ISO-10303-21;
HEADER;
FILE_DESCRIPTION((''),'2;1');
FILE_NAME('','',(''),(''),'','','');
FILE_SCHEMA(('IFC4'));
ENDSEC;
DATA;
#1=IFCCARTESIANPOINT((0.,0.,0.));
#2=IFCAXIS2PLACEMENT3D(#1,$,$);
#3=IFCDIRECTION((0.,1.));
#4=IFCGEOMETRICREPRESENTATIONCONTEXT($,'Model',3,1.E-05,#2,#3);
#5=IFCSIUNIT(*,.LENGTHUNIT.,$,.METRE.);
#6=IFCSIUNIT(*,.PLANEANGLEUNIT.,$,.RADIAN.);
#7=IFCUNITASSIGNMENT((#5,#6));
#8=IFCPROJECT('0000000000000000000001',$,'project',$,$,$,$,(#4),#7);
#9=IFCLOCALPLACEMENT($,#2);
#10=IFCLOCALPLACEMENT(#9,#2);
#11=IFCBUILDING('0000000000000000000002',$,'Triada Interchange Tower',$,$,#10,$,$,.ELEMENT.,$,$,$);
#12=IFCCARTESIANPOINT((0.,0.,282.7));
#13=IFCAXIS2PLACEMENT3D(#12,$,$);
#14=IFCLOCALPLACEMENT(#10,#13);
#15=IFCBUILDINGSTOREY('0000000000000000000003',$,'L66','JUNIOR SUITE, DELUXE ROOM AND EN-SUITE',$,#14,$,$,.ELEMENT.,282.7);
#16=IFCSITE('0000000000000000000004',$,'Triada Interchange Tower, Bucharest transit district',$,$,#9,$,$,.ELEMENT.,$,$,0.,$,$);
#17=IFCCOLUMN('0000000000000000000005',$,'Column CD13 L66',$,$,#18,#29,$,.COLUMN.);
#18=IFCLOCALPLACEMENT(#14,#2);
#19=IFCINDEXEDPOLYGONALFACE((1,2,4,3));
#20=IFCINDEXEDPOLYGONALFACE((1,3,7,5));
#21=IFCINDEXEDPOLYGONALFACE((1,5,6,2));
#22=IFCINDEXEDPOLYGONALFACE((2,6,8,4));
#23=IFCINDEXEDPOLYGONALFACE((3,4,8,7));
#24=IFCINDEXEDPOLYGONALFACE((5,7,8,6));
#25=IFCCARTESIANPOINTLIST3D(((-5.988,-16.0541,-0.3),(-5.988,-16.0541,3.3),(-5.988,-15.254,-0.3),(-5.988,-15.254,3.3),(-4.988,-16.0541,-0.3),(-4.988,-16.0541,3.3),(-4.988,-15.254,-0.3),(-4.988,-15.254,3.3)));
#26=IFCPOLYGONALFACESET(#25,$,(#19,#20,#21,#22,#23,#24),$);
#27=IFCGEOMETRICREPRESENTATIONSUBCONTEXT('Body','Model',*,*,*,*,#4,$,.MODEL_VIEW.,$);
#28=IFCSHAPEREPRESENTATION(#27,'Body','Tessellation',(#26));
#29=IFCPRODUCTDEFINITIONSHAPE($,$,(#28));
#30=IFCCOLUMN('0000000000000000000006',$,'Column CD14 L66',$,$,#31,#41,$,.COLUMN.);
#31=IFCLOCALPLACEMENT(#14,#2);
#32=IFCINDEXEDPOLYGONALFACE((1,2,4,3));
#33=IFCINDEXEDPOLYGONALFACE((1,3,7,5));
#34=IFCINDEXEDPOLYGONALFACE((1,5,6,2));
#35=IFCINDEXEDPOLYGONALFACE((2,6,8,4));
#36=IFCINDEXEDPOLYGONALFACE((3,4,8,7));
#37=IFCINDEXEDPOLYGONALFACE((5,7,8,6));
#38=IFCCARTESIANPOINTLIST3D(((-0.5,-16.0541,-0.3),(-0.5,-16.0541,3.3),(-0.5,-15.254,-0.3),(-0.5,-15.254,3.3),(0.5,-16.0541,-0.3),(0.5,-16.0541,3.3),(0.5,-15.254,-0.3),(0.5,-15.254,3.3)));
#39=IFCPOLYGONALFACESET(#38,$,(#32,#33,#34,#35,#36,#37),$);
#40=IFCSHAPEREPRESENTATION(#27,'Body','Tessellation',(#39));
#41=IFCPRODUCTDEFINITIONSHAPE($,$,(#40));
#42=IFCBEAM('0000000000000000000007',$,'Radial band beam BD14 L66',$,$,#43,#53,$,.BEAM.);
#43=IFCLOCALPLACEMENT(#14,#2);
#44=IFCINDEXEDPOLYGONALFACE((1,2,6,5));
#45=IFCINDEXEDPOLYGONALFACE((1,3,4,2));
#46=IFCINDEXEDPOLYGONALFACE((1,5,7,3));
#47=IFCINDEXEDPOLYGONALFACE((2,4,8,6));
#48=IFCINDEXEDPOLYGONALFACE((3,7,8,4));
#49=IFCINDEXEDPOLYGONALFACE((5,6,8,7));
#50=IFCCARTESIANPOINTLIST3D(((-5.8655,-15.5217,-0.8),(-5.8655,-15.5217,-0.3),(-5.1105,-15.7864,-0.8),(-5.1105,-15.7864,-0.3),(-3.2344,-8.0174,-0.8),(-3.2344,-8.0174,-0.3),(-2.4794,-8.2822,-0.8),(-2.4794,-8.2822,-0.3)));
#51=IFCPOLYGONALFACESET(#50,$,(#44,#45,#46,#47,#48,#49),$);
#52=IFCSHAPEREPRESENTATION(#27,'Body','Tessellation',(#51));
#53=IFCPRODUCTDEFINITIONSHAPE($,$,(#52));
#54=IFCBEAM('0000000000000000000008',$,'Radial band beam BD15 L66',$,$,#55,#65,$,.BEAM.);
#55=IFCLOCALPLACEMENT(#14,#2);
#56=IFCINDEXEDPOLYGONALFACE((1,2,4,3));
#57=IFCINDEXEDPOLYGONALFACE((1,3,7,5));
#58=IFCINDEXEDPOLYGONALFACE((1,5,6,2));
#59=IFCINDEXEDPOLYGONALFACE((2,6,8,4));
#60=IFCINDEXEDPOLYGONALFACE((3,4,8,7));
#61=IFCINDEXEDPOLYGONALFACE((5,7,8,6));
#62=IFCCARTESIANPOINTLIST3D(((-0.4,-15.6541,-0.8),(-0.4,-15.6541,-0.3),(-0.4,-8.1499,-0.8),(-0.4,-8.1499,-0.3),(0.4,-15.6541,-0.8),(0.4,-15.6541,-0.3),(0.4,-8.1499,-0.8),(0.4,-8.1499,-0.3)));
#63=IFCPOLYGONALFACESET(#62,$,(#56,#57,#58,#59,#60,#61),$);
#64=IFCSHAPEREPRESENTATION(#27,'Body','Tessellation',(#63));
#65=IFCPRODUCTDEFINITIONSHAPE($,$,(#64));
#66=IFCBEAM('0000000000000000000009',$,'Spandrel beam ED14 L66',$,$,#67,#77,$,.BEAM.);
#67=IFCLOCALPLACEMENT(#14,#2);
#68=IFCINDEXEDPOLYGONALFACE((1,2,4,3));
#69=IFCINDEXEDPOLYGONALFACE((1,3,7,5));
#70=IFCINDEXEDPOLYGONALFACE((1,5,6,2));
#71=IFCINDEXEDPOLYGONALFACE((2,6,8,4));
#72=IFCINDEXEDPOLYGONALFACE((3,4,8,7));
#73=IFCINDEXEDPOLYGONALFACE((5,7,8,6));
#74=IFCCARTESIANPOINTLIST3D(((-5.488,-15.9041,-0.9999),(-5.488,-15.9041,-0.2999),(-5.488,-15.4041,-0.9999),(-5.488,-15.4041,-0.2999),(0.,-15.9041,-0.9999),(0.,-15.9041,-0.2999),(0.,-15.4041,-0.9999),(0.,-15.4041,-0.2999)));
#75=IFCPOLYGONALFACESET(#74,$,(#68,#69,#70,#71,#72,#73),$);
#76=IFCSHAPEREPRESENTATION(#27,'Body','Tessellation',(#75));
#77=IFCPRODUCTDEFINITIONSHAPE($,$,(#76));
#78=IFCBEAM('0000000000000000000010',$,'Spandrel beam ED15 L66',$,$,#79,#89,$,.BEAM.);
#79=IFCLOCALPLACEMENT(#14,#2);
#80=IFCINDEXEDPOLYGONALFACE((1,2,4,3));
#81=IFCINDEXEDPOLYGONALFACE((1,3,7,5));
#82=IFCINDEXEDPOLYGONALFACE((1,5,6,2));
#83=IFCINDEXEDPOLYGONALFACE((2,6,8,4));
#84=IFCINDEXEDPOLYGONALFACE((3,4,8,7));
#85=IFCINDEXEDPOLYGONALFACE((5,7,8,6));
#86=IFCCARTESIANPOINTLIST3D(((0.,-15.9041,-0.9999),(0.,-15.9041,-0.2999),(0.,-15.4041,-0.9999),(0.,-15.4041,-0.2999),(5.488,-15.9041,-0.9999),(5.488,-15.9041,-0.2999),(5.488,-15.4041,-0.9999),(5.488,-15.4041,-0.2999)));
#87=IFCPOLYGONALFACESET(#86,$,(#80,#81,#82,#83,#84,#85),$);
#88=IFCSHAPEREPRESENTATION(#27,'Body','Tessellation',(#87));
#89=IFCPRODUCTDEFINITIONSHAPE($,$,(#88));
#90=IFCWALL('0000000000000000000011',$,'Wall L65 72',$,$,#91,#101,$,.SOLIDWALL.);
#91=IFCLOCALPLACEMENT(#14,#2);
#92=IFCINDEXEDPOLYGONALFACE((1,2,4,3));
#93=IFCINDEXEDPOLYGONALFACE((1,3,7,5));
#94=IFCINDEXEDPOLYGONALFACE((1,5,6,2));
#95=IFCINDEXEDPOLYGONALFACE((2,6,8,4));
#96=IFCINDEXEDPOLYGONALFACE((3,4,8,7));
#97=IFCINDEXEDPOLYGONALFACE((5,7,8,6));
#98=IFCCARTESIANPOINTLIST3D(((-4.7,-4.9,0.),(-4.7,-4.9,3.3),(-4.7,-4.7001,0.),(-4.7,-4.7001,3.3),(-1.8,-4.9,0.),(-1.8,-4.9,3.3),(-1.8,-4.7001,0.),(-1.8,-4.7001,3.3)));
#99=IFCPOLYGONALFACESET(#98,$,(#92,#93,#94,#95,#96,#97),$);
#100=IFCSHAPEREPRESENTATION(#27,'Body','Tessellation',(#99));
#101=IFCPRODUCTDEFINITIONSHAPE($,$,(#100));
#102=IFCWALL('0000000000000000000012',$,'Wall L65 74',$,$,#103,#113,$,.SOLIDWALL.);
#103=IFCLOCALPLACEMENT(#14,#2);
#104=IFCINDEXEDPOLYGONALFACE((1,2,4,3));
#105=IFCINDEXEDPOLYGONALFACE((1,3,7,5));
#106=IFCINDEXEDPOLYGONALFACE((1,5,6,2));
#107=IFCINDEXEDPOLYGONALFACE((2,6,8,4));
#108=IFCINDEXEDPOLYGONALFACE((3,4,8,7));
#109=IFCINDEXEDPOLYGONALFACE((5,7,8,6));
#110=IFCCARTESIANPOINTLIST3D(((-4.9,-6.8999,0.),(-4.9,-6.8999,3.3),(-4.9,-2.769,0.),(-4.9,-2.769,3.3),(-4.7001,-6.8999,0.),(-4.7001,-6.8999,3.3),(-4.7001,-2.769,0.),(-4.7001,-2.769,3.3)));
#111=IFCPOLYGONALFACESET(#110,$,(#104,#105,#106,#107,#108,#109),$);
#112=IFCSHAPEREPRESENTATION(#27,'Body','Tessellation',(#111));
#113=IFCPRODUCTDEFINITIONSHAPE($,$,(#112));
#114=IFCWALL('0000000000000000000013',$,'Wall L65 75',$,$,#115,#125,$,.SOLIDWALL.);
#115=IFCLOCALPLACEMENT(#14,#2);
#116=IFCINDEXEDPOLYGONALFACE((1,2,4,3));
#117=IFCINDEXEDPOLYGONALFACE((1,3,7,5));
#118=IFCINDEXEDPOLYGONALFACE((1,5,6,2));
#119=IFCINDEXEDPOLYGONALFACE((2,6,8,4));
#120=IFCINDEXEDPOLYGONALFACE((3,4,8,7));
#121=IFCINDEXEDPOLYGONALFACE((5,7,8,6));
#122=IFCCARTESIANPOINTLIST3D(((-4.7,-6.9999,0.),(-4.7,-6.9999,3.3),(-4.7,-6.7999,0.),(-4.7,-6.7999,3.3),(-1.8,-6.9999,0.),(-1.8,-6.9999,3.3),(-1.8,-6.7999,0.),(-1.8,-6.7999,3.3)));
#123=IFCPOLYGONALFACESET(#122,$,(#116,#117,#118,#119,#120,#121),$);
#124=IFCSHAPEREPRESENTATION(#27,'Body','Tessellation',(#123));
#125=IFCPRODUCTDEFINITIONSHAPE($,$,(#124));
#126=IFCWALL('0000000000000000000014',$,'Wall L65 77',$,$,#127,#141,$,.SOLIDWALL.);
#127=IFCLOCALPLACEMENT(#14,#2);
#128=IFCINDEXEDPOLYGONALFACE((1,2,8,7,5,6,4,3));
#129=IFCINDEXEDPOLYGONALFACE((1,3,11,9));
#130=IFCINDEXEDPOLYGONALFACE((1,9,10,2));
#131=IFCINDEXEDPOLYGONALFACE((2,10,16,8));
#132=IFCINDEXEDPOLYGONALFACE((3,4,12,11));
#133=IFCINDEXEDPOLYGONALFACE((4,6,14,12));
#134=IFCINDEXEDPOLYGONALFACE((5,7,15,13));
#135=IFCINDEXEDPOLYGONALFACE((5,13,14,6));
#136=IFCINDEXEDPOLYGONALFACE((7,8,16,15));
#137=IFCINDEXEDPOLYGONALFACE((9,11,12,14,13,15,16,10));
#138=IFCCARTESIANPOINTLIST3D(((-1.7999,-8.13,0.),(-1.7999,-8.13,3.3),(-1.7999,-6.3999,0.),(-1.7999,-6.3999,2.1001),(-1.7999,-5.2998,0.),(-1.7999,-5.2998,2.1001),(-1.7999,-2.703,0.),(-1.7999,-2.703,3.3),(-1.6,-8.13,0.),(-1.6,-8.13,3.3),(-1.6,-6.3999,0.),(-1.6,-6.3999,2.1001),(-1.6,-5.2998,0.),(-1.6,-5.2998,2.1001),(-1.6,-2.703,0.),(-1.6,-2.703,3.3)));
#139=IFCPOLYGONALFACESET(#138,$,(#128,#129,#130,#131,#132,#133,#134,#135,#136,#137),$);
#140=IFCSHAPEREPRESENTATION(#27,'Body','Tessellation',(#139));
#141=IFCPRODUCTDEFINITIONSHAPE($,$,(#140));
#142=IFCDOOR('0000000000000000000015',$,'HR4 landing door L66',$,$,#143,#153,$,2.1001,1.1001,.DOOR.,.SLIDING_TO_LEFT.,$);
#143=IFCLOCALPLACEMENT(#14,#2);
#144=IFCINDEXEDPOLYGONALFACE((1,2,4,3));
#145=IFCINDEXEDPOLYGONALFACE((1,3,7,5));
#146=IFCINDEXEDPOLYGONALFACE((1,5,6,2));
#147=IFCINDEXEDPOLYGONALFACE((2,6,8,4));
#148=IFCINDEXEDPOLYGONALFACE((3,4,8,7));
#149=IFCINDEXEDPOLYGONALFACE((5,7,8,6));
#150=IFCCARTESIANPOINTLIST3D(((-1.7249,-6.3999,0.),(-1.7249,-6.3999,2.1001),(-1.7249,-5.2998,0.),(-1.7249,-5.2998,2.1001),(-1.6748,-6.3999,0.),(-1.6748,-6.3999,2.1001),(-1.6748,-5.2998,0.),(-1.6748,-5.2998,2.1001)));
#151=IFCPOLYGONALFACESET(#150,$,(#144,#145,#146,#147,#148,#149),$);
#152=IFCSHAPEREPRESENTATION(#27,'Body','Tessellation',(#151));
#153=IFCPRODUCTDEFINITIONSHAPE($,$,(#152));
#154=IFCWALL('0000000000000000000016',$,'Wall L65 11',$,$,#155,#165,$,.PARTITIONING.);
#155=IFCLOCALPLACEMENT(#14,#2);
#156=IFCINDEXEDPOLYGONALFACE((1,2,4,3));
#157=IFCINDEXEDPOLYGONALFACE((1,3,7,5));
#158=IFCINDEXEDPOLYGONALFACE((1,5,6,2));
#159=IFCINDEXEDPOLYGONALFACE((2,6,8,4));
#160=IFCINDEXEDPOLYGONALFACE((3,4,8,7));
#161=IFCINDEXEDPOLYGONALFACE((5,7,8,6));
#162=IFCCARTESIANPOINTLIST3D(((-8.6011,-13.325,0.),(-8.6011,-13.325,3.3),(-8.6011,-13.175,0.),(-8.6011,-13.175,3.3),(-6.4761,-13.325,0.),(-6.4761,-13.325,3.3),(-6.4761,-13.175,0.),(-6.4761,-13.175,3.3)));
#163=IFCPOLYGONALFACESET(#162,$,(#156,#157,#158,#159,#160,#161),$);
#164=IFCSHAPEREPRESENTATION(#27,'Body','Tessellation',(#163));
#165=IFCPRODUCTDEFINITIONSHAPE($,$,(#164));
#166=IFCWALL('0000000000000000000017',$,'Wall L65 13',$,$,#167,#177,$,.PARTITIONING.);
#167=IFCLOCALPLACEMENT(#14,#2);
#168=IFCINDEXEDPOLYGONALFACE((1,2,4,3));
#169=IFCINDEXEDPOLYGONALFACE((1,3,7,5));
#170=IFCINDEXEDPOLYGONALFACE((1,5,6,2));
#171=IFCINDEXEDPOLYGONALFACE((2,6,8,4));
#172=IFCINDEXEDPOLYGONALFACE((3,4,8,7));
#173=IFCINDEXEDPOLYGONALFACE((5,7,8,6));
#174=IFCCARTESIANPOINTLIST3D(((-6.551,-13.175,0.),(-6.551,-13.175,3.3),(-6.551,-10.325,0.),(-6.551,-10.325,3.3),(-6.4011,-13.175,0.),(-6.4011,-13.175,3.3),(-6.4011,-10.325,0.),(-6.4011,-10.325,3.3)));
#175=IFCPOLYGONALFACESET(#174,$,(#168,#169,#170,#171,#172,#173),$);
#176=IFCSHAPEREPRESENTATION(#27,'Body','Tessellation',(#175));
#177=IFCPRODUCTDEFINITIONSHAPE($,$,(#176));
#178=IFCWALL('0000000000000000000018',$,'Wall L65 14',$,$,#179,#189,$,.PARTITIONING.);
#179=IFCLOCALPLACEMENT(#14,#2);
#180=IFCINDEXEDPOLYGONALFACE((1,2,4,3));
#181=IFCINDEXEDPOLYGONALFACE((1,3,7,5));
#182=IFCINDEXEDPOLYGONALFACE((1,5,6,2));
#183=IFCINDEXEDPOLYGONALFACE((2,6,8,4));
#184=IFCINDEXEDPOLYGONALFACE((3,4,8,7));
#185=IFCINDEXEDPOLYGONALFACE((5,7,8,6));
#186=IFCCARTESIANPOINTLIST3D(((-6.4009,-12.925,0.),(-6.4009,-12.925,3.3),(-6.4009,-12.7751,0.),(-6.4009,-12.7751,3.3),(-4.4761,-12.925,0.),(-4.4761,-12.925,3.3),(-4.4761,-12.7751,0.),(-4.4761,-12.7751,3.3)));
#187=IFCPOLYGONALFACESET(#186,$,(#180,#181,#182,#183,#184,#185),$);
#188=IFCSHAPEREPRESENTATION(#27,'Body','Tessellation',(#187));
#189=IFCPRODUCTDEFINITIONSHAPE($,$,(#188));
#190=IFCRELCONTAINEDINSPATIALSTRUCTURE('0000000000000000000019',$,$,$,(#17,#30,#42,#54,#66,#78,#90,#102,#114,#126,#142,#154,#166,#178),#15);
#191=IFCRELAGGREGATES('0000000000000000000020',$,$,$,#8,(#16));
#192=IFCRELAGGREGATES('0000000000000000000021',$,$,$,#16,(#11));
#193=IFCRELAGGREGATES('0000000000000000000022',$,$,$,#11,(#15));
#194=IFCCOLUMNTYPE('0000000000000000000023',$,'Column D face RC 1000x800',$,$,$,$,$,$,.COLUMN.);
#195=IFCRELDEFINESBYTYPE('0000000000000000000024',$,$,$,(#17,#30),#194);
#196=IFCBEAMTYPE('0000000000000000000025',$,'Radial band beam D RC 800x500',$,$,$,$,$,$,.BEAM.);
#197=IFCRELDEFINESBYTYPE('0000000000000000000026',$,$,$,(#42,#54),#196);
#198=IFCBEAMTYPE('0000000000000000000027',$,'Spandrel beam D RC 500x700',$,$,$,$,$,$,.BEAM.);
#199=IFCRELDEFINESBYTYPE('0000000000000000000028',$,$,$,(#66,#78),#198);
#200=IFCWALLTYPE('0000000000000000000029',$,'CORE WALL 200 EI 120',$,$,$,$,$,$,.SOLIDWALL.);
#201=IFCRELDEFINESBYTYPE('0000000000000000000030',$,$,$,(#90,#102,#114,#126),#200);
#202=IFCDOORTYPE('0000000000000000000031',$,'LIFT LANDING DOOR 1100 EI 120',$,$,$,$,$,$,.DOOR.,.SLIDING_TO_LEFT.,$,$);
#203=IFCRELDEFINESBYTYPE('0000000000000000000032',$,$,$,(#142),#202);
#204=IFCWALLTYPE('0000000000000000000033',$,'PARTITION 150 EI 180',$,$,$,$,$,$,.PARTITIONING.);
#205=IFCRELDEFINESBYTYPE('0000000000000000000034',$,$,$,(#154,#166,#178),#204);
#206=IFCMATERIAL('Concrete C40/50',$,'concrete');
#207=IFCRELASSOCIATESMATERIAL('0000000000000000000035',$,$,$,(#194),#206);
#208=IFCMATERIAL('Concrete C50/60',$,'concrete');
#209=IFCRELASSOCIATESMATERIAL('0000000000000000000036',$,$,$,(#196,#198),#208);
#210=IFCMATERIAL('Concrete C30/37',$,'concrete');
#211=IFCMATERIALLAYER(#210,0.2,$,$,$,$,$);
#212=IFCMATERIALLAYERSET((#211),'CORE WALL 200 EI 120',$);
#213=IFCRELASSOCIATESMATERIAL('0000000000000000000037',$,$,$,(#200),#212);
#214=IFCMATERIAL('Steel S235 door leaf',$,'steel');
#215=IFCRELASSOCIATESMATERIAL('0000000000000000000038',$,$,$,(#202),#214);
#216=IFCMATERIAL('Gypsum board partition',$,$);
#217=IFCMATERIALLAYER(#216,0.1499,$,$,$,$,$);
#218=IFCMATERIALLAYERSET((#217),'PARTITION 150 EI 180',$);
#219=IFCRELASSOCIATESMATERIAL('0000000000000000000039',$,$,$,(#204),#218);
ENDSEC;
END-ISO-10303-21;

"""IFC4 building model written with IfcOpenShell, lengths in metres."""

from ifc_helpers import new_model, si_unit, direction, frame, frame_2d, origin, origin_2d, place, context, subcontext, project, spatial, rectangle, extrude, material, layer, layer_set, material_profile, profile_set, type_object, element, fill, save


model = new_model("IFC4")

# Units and contexts
model_context = context("Model", 3, precision=1e-05, world=origin(), true_north=direction((0.0, 1.0)))
body_context = subcontext(model_context, "Body", "Model", "MODEL_VIEW")
ifc_project = project(units=[si_unit("LENGTHUNIT", "METRE"), si_unit("PLANEANGLEUNIT", "RADIAN")], contexts=[model_context])

# Site, building, storey
site_placement = place(None, origin())
site = spatial("IfcSite", under=ifc_project, at=site_placement, Name="Triada Interchange Tower, Bucharest transit district", CompositionType="ELEMENT", RefElevation=0.0)
building_placement = place(site_placement, origin())
building = spatial("IfcBuilding", under=site, at=building_placement, Name="Triada Interchange Tower", CompositionType="ELEMENT")
storey_placement = place(building_placement, frame((0.0, 0.0, 282.7)))
storey = spatial("IfcBuildingStorey", under=building, at=storey_placement, Name="L66", Description="JUNIOR SUITE, DELUXE ROOM AND EN-SUITE", CompositionType="ELEMENT", Elevation=282.7)

# Columns
ifc_material_1 = material(Name="Concrete C40/50", Category="concrete")
ifc_material_profile_1 = material_profile(ifc_material_1, rectangle(XDim=1.0, YDim=0.8, at=origin_2d()), Name="RC 1000x800")
ifc_profile_set_1 = profile_set([ifc_material_profile_1], Name="Concrete C40/50")
column_type = type_object("IfcColumnType", Name="Column D face RC 1000x800", PredefinedType="COLUMN", material=ifc_profile_set_1)
for number, where, z_axis, x_axis, name in (
    (1, (-5.488, -15.6541, -0.3), (0.0, 0.0, 1.0), (1.0, 0.0, 0.0), "Column CD13 L66"),
    (2, (0.0, -15.6541, -0.3), (0.0, 0.0, 1.0), (1.0, 0.0, 0.0), "Column CD14 L66"),
):
    element("IfcColumn", number, at=place(storey_placement, frame(where, z_axis=z_axis, x_axis=x_axis)), inside=storey, type_object=column_type, Name=name, PredefinedType="COLUMN", context=body_context, shape_type="SweptSolid", body=[
        extrude(rectangle(XDim=1.0, YDim=0.8, at=origin_2d()), origin(), (0.0, 0.0, 1.0), 3.6001),
    ])

# Beams
ifc_material_2 = material(Name="Concrete C50/60", Category="concrete")
ifc_material_profile_2 = material_profile(ifc_material_2, rectangle(XDim=0.8, YDim=0.5, at=origin_2d()), Name="RC 800x500")
ifc_profile_set_2 = profile_set([ifc_material_profile_2], Name="Concrete C50/60")
beam_type_1 = type_object("IfcBeamType", Name="Radial band beam D RC 800x500", PredefinedType="BEAM", material=ifc_profile_set_2)
beam_1_placement = place(storey_placement, frame((-5.488, -15.6541, -0.55), z_axis=(0.330871, 0.943676, 0.0), x_axis=(-0.943676, 0.330871, 0.0)))
element("IfcBeam", 3, at=beam_1_placement, inside=storey, type_object=beam_type_1, Name="Radial band beam BD14 L66", PredefinedType="BEAM", context=body_context, shape_type="SweptSolid", body=[
    extrude(rectangle(XDim=0.8, YDim=0.5, at=origin_2d()), origin(), (0.0, 0.0, 1.0), 7.9521),
])
beam_2_placement = place(storey_placement, frame((0.0, -15.6541, -0.55), z_axis=(0.0, 1.0, 0.0), x_axis=(-1.0, 0.0, 0.0)))
element("IfcBeam", 4, at=beam_2_placement, inside=storey, type_object=beam_type_1, Name="Radial band beam BD15 L66", PredefinedType="BEAM", context=body_context, shape_type="SweptSolid", body=[
    extrude(rectangle(XDim=0.8, YDim=0.5, at=origin_2d()), origin(), (0.0, 0.0, 1.0), 7.5042),
])
ifc_material_profile_3 = material_profile(ifc_material_2, rectangle(XDim=0.5, YDim=0.7, at=origin_2d()), Name="RC 500x700")
ifc_profile_set_3 = profile_set([ifc_material_profile_3], Name="Concrete C50/60")
beam_type_2 = type_object("IfcBeamType", Name="Spandrel beam D RC 500x700", PredefinedType="BEAM", material=ifc_profile_set_3)
for number, where, z_axis, x_axis, name in (
    (5, (-5.488, -15.6541, -0.6499), (1.0, 0.0, 0.0), (0.0, 1.0, 0.0), "Spandrel beam ED14 L66"),
    (6, (0.0, -15.6541, -0.6499), (1.0, 0.0, 0.0), (0.0, 1.0, 0.0), "Spandrel beam ED15 L66"),
):
    element("IfcBeam", number, at=place(storey_placement, frame(where, z_axis=z_axis, x_axis=x_axis)), inside=storey, type_object=beam_type_2, Name=name, PredefinedType="BEAM", context=body_context, shape_type="SweptSolid", body=[
        extrude(rectangle(XDim=0.5, YDim=0.7, at=origin_2d()), origin(), (0.0, 0.0, 1.0), 5.488),
    ])

# Walls
ifc_material_3 = material(Name="Concrete C30/37", Category="concrete")
ifc_layer_1 = layer(ifc_material_3, 0.2)
ifc_layer_set_1 = layer_set([ifc_layer_1], Name="CORE WALL 200 EI 120")
wall_type_1 = type_object("IfcWallType", Name="CORE WALL 200 EI 120", PredefinedType="SOLIDWALL", material=ifc_layer_set_1)
wall_1_placement = place(storey_placement, frame((-4.7, -4.8, 0.0), z_axis=(0.0, 0.0, 1.0), x_axis=(1.0, 0.0, 0.0)))
element("IfcWall", 7, at=wall_1_placement, inside=storey, type_object=wall_type_1, Name="Wall L65 72", PredefinedType="SOLIDWALL", context=body_context, shape_type="SweptSolid", body=[
    extrude(rectangle(XDim=2.8999, YDim=0.2, at=frame_2d((1.45, 0.0))), origin(), (0.0, 0.0, 1.0), 3.3),
])
wall_2_placement = place(storey_placement, frame((-4.8, -6.8999, 0.0), z_axis=(0.0, 0.0, 1.0), x_axis=(0.0, 1.0, 0.0)))
element("IfcWall", 8, at=wall_2_placement, inside=storey, type_object=wall_type_1, Name="Wall L65 74", PredefinedType="SOLIDWALL", context=body_context, shape_type="SweptSolid", body=[
    extrude(rectangle(XDim=4.1309, YDim=0.2, at=frame_2d((2.0654, 0.0))), origin(), (0.0, 0.0, 1.0), 3.3),
])
wall_3_placement = place(storey_placement, frame((-4.7, -6.8999, 0.0), z_axis=(0.0, 0.0, 1.0), x_axis=(1.0, 0.0, 0.0)))
element("IfcWall", 9, at=wall_3_placement, inside=storey, type_object=wall_type_1, Name="Wall L65 75", PredefinedType="SOLIDWALL", context=body_context, shape_type="SweptSolid", body=[
    extrude(rectangle(XDim=2.8999, YDim=0.2, at=frame_2d((1.45, 0.0))), origin(), (0.0, 0.0, 1.0), 3.3),
])

# Wall, opening, door
wall_4_placement = place(storey_placement, frame((-1.7, -8.1299, 0.0), z_axis=(0.0, 0.0, 1.0), x_axis=(0.0, 1.0, 0.0)))
wall_4 = element("IfcWall", 10, at=wall_4_placement, inside=storey, type_object=wall_type_1, Name="Wall L65 77", PredefinedType="SOLIDWALL", context=body_context, shape_type="SweptSolid", body=[
    extrude(rectangle(XDim=5.427, YDim=0.2, at=frame_2d((2.7134, 0.0))), origin(), (0.0, 0.0, 1.0), 3.3),
])
opening_placement = place(wall_4_placement, frame((1.73, 0.0, 0.0)))
opening = element("IfcOpeningElement", 11, at=opening_placement, cuts=wall_4, PredefinedType="OPENING", context=body_context, shape_type="SweptSolid", body=[
    extrude(rectangle(XDim=1.1001, YDim=2.1001, at=frame_2d((0.55, 1.05))), frame((0.0, 0.1099, 0.0), z_axis=(0.0, -1.0, 0.0), x_axis=(1.0, 0.0, 0.0)), (0.0, 0.0, 1.0), 0.22),
])
ifc_material_4 = material(Name="Steel S235 door leaf", Category="steel")
door_type = type_object("IfcDoorType", Name="LIFT LANDING DOOR 1100 EI 120", OperationType="SLIDING_TO_LEFT", PredefinedType="DOOR", material=ifc_material_4)
door_placement = place(opening_placement, origin())
door = element("IfcDoor", 12, at=door_placement, inside=storey, type_object=door_type, Name="HR4 landing door L66", OperationType="SLIDING_TO_LEFT", OverallHeight=2.1001, OverallWidth=1.1001, PredefinedType="DOOR", context=body_context, shape_type="SweptSolid", body=[
    extrude(rectangle(XDim=1.1001, YDim=2.1001, at=frame_2d((0.55, 1.05))), frame((0.0, 0.0249, 0.0), z_axis=(0.0, -1.0, 0.0), x_axis=(1.0, 0.0, 0.0)), (0.0, 0.0, 1.0), 0.05),
])
fill(opening, door)

# Walls
ifc_material_5 = material(Name="Gypsum board partition")
ifc_layer_2 = layer(ifc_material_5, 0.1499)
ifc_layer_set_2 = layer_set([ifc_layer_2], Name="PARTITION 150 EI 180")
wall_type_2 = type_object("IfcWallType", Name="PARTITION 150 EI 180", PredefinedType="PARTITIONING", material=ifc_layer_set_2)
wall_5_placement = place(storey_placement, frame((-8.6011, -13.25, 0.0), z_axis=(0.0, 0.0, 1.0), x_axis=(1.0, 0.0, 0.0)))
element("IfcWall", 13, at=wall_5_placement, inside=storey, type_object=wall_type_2, Name="Wall L65 11", PredefinedType="PARTITIONING", context=body_context, shape_type="SweptSolid", body=[
    extrude(rectangle(XDim=2.125, YDim=0.1499, at=frame_2d((1.0625, 0.0))), origin(), (0.0, 0.0, 1.0), 3.3),
])
wall_6_placement = place(storey_placement, frame((-6.4761, -13.175, 0.0), z_axis=(0.0, 0.0, 1.0), x_axis=(0.0, 1.0, 0.0)))
element("IfcWall", 14, at=wall_6_placement, inside=storey, type_object=wall_type_2, Name="Wall L65 13", PredefinedType="PARTITIONING", context=body_context, shape_type="SweptSolid", body=[
    extrude(rectangle(XDim=2.8501, YDim=0.1499, at=frame_2d((1.425, 0.0))), origin(), (0.0, 0.0, 1.0), 3.3),
])
wall_7_placement = place(storey_placement, frame((-6.4009, -12.8501, 0.0), z_axis=(0.0, 0.0, 1.0), x_axis=(1.0, 0.0, 0.0)))
element("IfcWall", 15, at=wall_7_placement, inside=storey, type_object=wall_type_2, Name="Wall L65 14", PredefinedType="PARTITIONING", context=body_context, shape_type="SweptSolid", body=[
    extrude(rectangle(XDim=1.9248, YDim=0.1499, at=frame_2d((0.9624, 0.0))), origin(), (0.0, 0.0, 1.0), 3.3),
])

save(model, "model.ifc")
